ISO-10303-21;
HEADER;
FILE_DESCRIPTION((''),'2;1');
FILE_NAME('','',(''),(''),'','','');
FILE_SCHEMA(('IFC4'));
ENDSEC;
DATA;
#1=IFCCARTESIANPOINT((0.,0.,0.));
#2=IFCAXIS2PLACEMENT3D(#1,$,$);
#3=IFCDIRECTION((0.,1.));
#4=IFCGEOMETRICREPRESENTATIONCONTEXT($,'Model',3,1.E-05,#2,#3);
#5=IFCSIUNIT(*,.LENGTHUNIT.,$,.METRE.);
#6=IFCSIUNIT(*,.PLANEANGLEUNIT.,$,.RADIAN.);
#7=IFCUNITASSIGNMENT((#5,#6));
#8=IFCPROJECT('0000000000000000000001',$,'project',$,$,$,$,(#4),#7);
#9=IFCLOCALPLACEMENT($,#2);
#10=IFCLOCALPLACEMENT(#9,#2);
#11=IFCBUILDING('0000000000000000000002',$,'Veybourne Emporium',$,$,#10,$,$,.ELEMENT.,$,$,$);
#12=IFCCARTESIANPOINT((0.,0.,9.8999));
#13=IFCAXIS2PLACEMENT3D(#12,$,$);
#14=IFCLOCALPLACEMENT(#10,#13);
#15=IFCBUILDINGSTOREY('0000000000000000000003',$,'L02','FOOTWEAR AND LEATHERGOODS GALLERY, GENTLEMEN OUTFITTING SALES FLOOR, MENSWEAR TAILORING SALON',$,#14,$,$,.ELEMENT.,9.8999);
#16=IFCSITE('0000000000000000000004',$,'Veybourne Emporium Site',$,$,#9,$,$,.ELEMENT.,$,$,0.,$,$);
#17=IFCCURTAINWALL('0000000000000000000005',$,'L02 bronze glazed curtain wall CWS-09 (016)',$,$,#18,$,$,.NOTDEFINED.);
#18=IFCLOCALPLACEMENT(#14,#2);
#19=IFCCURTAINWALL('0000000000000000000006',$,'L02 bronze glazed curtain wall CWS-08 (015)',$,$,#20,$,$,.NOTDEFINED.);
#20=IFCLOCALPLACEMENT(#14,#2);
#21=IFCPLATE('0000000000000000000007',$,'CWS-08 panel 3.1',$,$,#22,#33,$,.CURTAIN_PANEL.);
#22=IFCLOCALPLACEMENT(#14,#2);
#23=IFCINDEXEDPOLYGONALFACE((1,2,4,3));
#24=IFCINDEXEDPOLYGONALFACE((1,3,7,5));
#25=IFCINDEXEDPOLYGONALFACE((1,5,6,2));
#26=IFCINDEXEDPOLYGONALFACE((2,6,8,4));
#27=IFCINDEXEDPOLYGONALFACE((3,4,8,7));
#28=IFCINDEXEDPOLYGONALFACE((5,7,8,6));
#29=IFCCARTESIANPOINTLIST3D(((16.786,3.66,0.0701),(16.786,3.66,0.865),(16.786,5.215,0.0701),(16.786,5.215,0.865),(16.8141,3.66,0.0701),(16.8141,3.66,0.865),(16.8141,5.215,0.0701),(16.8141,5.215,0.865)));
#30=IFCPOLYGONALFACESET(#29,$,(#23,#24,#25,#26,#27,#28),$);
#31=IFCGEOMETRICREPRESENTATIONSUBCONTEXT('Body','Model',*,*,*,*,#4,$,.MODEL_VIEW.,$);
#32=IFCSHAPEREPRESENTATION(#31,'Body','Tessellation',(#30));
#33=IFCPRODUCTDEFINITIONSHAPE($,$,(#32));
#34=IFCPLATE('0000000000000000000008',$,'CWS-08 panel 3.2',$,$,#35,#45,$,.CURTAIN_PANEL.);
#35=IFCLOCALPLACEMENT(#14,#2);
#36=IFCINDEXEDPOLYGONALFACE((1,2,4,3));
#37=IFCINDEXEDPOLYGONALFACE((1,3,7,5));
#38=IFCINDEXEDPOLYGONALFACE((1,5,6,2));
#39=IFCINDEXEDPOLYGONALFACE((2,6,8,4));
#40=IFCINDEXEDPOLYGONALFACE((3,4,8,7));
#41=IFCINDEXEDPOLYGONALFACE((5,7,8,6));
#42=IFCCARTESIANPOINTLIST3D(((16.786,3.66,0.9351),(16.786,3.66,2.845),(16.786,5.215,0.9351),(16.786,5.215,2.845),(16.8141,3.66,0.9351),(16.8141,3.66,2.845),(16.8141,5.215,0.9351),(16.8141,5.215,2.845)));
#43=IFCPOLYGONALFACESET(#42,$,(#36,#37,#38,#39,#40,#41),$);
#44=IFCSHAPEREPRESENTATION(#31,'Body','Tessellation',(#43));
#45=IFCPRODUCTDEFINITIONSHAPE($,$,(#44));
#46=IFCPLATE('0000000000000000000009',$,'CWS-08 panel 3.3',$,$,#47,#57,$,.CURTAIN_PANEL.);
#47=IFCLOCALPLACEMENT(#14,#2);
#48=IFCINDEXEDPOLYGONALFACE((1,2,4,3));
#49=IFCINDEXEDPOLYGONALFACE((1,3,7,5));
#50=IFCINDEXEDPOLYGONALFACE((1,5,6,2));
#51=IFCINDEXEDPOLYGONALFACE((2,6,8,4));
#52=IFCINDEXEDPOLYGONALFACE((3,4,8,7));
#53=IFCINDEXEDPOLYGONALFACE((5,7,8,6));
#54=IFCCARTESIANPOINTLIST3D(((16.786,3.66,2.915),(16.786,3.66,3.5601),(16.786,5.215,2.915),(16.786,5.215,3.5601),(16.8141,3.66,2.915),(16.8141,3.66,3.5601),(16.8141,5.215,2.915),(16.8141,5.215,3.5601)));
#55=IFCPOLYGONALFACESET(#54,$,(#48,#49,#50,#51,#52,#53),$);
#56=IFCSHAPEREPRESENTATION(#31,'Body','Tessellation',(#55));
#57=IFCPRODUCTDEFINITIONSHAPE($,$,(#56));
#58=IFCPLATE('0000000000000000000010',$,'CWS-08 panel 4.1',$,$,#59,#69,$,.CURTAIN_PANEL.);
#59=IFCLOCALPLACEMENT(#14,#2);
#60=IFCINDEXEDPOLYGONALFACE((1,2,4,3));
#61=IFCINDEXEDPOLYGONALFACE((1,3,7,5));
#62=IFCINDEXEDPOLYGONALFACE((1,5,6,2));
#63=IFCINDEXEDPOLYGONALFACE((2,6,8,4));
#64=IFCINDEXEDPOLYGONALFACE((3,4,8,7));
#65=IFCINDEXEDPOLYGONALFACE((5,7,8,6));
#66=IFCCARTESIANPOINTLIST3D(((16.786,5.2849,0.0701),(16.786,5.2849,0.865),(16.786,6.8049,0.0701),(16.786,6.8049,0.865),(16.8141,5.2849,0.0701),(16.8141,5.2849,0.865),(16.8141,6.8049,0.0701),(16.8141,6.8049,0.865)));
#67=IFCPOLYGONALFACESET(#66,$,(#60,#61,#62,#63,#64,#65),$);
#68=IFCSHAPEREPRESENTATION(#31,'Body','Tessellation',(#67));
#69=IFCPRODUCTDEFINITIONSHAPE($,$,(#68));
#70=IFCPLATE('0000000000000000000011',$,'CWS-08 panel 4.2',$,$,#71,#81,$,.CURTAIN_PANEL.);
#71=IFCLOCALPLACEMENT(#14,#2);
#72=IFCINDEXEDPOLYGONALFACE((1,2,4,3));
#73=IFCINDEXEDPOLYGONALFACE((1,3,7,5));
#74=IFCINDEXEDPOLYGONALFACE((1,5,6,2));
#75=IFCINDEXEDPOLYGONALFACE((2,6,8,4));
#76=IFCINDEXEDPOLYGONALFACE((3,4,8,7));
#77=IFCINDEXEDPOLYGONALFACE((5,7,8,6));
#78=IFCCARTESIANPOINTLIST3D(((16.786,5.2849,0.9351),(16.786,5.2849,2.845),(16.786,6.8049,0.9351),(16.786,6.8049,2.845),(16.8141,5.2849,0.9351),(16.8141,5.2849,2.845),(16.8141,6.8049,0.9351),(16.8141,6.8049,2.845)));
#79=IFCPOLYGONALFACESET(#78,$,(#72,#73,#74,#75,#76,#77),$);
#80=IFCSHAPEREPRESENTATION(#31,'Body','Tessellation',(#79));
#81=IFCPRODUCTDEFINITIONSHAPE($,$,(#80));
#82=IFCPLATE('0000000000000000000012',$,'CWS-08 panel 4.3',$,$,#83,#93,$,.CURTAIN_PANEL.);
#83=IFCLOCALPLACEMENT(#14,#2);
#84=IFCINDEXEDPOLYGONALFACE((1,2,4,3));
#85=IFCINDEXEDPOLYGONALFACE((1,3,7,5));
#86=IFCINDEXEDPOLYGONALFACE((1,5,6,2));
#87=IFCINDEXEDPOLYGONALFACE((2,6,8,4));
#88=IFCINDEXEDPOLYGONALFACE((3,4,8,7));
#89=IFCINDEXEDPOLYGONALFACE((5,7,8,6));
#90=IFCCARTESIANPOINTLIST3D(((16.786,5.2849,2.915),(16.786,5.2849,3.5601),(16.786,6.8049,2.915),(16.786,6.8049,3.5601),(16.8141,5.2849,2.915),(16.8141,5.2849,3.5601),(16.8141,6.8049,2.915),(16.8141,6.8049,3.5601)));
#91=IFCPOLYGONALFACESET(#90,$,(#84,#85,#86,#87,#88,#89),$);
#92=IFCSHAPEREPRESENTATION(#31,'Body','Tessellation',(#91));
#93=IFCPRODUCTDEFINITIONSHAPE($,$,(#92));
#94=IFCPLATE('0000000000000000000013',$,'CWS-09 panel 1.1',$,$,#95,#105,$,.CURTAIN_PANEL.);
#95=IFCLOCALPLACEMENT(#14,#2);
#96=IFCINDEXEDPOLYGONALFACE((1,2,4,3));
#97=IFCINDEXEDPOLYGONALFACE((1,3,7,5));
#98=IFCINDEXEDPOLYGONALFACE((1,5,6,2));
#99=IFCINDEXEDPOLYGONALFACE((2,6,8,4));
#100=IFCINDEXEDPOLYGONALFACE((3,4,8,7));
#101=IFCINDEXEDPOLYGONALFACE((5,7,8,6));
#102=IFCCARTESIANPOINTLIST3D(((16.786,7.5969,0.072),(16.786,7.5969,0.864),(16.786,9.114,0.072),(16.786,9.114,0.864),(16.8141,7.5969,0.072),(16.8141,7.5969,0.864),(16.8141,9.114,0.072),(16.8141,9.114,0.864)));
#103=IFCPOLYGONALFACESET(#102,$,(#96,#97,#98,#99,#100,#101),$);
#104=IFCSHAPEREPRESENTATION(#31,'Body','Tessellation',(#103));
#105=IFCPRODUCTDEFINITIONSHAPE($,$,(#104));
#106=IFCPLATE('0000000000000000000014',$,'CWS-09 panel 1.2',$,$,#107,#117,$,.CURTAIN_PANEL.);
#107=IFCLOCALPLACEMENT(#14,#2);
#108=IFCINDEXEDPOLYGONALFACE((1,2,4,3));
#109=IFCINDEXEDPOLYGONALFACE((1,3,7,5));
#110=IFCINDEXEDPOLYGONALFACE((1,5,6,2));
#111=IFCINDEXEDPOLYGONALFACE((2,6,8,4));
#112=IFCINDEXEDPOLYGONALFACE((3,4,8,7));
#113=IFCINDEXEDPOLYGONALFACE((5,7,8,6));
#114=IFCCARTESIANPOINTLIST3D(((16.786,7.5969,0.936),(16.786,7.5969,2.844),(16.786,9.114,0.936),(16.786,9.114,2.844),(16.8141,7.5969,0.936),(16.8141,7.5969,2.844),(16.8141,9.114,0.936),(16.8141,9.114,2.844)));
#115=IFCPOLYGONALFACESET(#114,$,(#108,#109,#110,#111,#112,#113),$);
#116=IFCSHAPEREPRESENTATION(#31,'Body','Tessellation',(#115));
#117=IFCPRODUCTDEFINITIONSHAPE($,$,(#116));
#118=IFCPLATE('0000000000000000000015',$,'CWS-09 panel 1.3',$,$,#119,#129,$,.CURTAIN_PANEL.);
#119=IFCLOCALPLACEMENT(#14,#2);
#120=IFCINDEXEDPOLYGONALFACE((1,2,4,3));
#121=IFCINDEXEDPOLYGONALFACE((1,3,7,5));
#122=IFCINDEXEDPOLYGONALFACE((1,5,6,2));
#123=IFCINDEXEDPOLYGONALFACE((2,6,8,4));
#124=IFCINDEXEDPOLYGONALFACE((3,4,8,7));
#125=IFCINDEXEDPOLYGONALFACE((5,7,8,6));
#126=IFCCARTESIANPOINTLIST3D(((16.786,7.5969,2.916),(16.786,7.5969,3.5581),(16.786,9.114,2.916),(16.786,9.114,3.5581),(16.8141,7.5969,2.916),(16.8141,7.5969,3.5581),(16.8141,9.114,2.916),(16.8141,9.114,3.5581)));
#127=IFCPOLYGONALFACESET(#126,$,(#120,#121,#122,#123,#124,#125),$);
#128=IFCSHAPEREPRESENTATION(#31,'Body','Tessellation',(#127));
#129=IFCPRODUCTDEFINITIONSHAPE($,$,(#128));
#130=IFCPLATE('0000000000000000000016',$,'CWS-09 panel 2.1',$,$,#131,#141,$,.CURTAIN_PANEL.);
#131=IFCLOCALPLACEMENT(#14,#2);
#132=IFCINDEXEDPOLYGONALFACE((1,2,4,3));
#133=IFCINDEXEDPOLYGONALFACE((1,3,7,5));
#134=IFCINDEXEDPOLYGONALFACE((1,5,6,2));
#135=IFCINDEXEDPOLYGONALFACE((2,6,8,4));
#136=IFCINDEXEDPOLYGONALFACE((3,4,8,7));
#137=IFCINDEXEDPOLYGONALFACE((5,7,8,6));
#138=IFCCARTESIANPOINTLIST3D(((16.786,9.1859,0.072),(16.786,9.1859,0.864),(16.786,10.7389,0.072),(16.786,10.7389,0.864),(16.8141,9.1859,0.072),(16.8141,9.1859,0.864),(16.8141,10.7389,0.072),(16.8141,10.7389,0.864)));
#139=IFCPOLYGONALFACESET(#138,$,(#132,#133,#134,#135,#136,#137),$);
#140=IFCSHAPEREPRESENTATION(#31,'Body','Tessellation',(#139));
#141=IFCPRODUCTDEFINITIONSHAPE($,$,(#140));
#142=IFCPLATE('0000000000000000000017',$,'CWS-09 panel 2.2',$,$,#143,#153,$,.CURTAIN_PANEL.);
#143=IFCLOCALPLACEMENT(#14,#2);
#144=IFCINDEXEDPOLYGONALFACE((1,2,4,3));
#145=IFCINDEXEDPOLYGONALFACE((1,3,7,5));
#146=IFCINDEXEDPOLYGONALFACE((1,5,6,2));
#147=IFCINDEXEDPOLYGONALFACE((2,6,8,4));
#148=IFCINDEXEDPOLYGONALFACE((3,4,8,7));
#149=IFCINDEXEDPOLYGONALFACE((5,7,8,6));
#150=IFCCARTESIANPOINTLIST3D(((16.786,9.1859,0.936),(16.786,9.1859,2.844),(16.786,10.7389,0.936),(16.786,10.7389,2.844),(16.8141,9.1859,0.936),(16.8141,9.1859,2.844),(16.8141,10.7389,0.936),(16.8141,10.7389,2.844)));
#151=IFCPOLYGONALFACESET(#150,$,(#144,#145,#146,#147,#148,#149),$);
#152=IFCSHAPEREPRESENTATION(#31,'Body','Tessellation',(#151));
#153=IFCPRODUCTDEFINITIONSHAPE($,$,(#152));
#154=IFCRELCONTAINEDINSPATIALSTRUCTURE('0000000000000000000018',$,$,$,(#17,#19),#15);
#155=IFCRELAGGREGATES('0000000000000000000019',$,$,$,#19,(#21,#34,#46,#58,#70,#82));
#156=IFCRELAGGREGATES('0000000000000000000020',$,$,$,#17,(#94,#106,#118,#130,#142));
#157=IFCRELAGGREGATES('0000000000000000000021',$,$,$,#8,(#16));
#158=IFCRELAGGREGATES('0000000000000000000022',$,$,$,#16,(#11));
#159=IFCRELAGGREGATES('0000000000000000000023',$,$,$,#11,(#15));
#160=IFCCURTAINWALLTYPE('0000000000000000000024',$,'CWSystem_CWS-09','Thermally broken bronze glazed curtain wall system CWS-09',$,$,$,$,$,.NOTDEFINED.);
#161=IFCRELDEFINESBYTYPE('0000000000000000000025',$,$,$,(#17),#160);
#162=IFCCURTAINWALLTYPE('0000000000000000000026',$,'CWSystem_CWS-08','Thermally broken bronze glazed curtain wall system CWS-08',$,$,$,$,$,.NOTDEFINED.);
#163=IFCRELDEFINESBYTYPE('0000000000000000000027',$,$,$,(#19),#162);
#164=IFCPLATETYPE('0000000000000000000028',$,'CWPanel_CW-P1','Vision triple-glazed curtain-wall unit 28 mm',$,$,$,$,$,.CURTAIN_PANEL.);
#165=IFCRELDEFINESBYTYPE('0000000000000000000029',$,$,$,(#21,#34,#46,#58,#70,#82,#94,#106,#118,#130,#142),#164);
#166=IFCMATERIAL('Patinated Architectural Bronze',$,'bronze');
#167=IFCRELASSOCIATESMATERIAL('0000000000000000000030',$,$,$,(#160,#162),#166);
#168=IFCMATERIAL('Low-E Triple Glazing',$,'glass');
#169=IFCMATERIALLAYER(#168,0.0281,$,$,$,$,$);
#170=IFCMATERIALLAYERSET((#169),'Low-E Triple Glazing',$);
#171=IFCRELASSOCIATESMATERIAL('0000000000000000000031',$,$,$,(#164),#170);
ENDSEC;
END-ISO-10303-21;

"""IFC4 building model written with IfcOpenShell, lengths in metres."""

from ifc_helpers import new_model, si_unit, direction, frame, origin, origin_2d, place, context, subcontext, project, spatial, rectangle, extrude, material, layer, layer_set, type_object, element, aggregate, save


model = new_model("IFC4")

# Units and contexts
model_context = context("Model", 3, precision=1e-05, world=origin(), true_north=direction((0.0, 1.0)))
body_context = subcontext(model_context, "Body", "Model", "MODEL_VIEW")
ifc_project = project(units=[si_unit("LENGTHUNIT", "METRE"), si_unit("PLANEANGLEUNIT", "RADIAN")], contexts=[model_context])

# Site, building, storey
site_placement = place(None, origin())
site = spatial("IfcSite", under=ifc_project, at=site_placement, Name="Veybourne Emporium Site", CompositionType="ELEMENT", RefElevation=0.0)
building_placement = place(site_placement, origin())
building = spatial("IfcBuilding", under=site, at=building_placement, Name="Veybourne Emporium", CompositionType="ELEMENT")
storey_placement = place(building_placement, frame((0.0, 0.0, 9.8999)))
storey = spatial("IfcBuildingStorey", under=building, at=storey_placement, Name="L02", Description="FOOTWEAR AND LEATHERGOODS GALLERY, GENTLEMEN OUTFITTING SALES FLOOR, MENSWEAR TAILORING SALON", CompositionType="ELEMENT", Elevation=9.8999)

# Curtain walls
ifc_material_1 = material(Name="Patinated Architectural Bronze", Category="bronze")
curtain_wall_type_1 = type_object("IfcCurtainWallType", Name="CWSystem_CWS-09", Description="Thermally broken bronze glazed curtain wall system CWS-09", PredefinedType="NOTDEFINED", material=ifc_material_1)
curtain_wall_1_placement = place(storey_placement, origin())
curtain_wall_1 = element("IfcCurtainWall", 1, at=curtain_wall_1_placement, inside=storey, type_object=curtain_wall_type_1, Name="L02 bronze glazed curtain wall CWS-09 (016)", PredefinedType="NOTDEFINED")
curtain_wall_type_2 = type_object("IfcCurtainWallType", Name="CWSystem_CWS-08", Description="Thermally broken bronze glazed curtain wall system CWS-08", PredefinedType="NOTDEFINED", material=ifc_material_1)
curtain_wall_2_placement = place(storey_placement, origin())
curtain_wall_2 = element("IfcCurtainWall", 2, at=curtain_wall_2_placement, inside=storey, type_object=curtain_wall_type_2, Name="L02 bronze glazed curtain wall CWS-08 (015)", PredefinedType="NOTDEFINED")

# Plates
ifc_material_2 = material(Name="Low-E Triple Glazing", Category="glass")
ifc_layer = layer(ifc_material_2, 0.0281)
ifc_layer_set = layer_set([ifc_layer], Name="Low-E Triple Glazing")
plate_type = type_object("IfcPlateType", Name="CWPanel_CW-P1", Description="Vision triple-glazed curtain-wall unit 28 mm", PredefinedType="CURTAIN_PANEL", material=ifc_layer_set)
plate_1_placement = place(storey_placement, frame((16.8, 4.4375, 0.0701), z_axis=(0.0, 0.0, 1.0), x_axis=(0.0, 1.0, 0.0)))
plate_1 = element("IfcPlate", 3, at=plate_1_placement, type_object=plate_type, Name="CWS-08 panel 3.1", PredefinedType="CURTAIN_PANEL", context=body_context, shape_type="SweptSolid", body=[
    extrude(rectangle(XDim=1.5549, YDim=0.0281, at=origin_2d()), origin(), (0.0, 0.0, 1.0), 0.7949),
])
plate_2_placement = place(storey_placement, frame((16.8, 4.4375, 0.9351), z_axis=(0.0, 0.0, 1.0), x_axis=(0.0, 1.0, 0.0)))
plate_2 = element("IfcPlate", 4, at=plate_2_placement, type_object=plate_type, Name="CWS-08 panel 3.2", PredefinedType="CURTAIN_PANEL", context=body_context, shape_type="SweptSolid", body=[
    extrude(rectangle(XDim=1.5549, YDim=0.0281, at=origin_2d()), origin(), (0.0, 0.0, 1.0), 1.9099),
])
plate_3_placement = place(storey_placement, frame((16.8, 4.4375, 2.915), z_axis=(0.0, 0.0, 1.0), x_axis=(0.0, 1.0, 0.0)))
plate_3 = element("IfcPlate", 5, at=plate_3_placement, type_object=plate_type, Name="CWS-08 panel 3.3", PredefinedType="CURTAIN_PANEL", context=body_context, shape_type="SweptSolid", body=[
    extrude(rectangle(XDim=1.5549, YDim=0.0281, at=origin_2d()), origin(), (0.0, 0.0, 1.0), 0.645),
])
plate_4_placement = place(storey_placement, frame((16.8, 6.0449, 0.0701), z_axis=(0.0, 0.0, 1.0), x_axis=(0.0, 1.0, 0.0)))
plate_4 = element("IfcPlate", 6, at=plate_4_placement, type_object=plate_type, Name="CWS-08 panel 4.1", PredefinedType="CURTAIN_PANEL", context=body_context, shape_type="SweptSolid", body=[
    extrude(rectangle(XDim=1.52, YDim=0.0281, at=origin_2d()), origin(), (0.0, 0.0, 1.0), 0.7949),
])
plate_5_placement = place(storey_placement, frame((16.8, 6.0449, 0.9351), z_axis=(0.0, 0.0, 1.0), x_axis=(0.0, 1.0, 0.0)))
plate_5 = element("IfcPlate", 7, at=plate_5_placement, type_object=plate_type, Name="CWS-08 panel 4.2", PredefinedType="CURTAIN_PANEL", context=body_context, shape_type="SweptSolid", body=[
    extrude(rectangle(XDim=1.52, YDim=0.0281, at=origin_2d()), origin(), (0.0, 0.0, 1.0), 1.9099),
])
plate_6_placement = place(storey_placement, frame((16.8, 6.0449, 2.915), z_axis=(0.0, 0.0, 1.0), x_axis=(0.0, 1.0, 0.0)))
plate_6 = element("IfcPlate", 8, at=plate_6_placement, type_object=plate_type, Name="CWS-08 panel 4.3", PredefinedType="CURTAIN_PANEL", context=body_context, shape_type="SweptSolid", body=[
    extrude(rectangle(XDim=1.52, YDim=0.0281, at=origin_2d()), origin(), (0.0, 0.0, 1.0), 0.645),
])
aggregate(curtain_wall_2, [plate_1, plate_2, plate_3, plate_4, plate_5, plate_6])
plate_7_placement = place(storey_placement, frame((16.8, 8.3555, 0.072), z_axis=(0.0, 0.0, 1.0), x_axis=(0.0, 1.0, 0.0)))
plate_7 = element("IfcPlate", 9, at=plate_7_placement, type_object=plate_type, Name="CWS-09 panel 1.1", PredefinedType="CURTAIN_PANEL", context=body_context, shape_type="SweptSolid", body=[
    extrude(rectangle(XDim=1.5171, YDim=0.0281, at=origin_2d()), origin(), (0.0, 0.0, 1.0), 0.792),
])
plate_8_placement = place(storey_placement, frame((16.8, 8.3555, 0.936), z_axis=(0.0, 0.0, 1.0), x_axis=(0.0, 1.0, 0.0)))
plate_8 = element("IfcPlate", 10, at=plate_8_placement, type_object=plate_type, Name="CWS-09 panel 1.2", PredefinedType="CURTAIN_PANEL", context=body_context, shape_type="SweptSolid", body=[
    extrude(rectangle(XDim=1.5171, YDim=0.0281, at=origin_2d()), origin(), (0.0, 0.0, 1.0), 1.908),
])
plate_9_placement = place(storey_placement, frame((16.8, 8.3555, 2.916), z_axis=(0.0, 0.0, 1.0), x_axis=(0.0, 1.0, 0.0)))
plate_9 = element("IfcPlate", 11, at=plate_9_placement, type_object=plate_type, Name="CWS-09 panel 1.3", PredefinedType="CURTAIN_PANEL", context=body_context, shape_type="SweptSolid", body=[
    extrude(rectangle(XDim=1.5171, YDim=0.0281, at=origin_2d()), origin(), (0.0, 0.0, 1.0), 0.6421),
])
plate_10_placement = place(storey_placement, frame((16.8, 9.9624, 0.072), z_axis=(0.0, 0.0, 1.0), x_axis=(0.0, 1.0, 0.0)))
plate_10 = element("IfcPlate", 12, at=plate_10_placement, type_object=plate_type, Name="CWS-09 panel 2.1", PredefinedType="CURTAIN_PANEL", context=body_context, shape_type="SweptSolid", body=[
    extrude(rectangle(XDim=1.553, YDim=0.0281, at=origin_2d()), origin(), (0.0, 0.0, 1.0), 0.792),
])
plate_11_placement = place(storey_placement, frame((16.8, 9.9624, 0.936), z_axis=(0.0, 0.0, 1.0), x_axis=(0.0, 1.0, 0.0)))
plate_11 = element("IfcPlate", 13, at=plate_11_placement, type_object=plate_type, Name="CWS-09 panel 2.2", PredefinedType="CURTAIN_PANEL", context=body_context, shape_type="SweptSolid", body=[
    extrude(rectangle(XDim=1.553, YDim=0.0281, at=origin_2d()), origin(), (0.0, 0.0, 1.0), 1.908),
])
aggregate(curtain_wall_1, [plate_7, plate_8, plate_9, plate_10, plate_11])

save(model, "model.ifc")
